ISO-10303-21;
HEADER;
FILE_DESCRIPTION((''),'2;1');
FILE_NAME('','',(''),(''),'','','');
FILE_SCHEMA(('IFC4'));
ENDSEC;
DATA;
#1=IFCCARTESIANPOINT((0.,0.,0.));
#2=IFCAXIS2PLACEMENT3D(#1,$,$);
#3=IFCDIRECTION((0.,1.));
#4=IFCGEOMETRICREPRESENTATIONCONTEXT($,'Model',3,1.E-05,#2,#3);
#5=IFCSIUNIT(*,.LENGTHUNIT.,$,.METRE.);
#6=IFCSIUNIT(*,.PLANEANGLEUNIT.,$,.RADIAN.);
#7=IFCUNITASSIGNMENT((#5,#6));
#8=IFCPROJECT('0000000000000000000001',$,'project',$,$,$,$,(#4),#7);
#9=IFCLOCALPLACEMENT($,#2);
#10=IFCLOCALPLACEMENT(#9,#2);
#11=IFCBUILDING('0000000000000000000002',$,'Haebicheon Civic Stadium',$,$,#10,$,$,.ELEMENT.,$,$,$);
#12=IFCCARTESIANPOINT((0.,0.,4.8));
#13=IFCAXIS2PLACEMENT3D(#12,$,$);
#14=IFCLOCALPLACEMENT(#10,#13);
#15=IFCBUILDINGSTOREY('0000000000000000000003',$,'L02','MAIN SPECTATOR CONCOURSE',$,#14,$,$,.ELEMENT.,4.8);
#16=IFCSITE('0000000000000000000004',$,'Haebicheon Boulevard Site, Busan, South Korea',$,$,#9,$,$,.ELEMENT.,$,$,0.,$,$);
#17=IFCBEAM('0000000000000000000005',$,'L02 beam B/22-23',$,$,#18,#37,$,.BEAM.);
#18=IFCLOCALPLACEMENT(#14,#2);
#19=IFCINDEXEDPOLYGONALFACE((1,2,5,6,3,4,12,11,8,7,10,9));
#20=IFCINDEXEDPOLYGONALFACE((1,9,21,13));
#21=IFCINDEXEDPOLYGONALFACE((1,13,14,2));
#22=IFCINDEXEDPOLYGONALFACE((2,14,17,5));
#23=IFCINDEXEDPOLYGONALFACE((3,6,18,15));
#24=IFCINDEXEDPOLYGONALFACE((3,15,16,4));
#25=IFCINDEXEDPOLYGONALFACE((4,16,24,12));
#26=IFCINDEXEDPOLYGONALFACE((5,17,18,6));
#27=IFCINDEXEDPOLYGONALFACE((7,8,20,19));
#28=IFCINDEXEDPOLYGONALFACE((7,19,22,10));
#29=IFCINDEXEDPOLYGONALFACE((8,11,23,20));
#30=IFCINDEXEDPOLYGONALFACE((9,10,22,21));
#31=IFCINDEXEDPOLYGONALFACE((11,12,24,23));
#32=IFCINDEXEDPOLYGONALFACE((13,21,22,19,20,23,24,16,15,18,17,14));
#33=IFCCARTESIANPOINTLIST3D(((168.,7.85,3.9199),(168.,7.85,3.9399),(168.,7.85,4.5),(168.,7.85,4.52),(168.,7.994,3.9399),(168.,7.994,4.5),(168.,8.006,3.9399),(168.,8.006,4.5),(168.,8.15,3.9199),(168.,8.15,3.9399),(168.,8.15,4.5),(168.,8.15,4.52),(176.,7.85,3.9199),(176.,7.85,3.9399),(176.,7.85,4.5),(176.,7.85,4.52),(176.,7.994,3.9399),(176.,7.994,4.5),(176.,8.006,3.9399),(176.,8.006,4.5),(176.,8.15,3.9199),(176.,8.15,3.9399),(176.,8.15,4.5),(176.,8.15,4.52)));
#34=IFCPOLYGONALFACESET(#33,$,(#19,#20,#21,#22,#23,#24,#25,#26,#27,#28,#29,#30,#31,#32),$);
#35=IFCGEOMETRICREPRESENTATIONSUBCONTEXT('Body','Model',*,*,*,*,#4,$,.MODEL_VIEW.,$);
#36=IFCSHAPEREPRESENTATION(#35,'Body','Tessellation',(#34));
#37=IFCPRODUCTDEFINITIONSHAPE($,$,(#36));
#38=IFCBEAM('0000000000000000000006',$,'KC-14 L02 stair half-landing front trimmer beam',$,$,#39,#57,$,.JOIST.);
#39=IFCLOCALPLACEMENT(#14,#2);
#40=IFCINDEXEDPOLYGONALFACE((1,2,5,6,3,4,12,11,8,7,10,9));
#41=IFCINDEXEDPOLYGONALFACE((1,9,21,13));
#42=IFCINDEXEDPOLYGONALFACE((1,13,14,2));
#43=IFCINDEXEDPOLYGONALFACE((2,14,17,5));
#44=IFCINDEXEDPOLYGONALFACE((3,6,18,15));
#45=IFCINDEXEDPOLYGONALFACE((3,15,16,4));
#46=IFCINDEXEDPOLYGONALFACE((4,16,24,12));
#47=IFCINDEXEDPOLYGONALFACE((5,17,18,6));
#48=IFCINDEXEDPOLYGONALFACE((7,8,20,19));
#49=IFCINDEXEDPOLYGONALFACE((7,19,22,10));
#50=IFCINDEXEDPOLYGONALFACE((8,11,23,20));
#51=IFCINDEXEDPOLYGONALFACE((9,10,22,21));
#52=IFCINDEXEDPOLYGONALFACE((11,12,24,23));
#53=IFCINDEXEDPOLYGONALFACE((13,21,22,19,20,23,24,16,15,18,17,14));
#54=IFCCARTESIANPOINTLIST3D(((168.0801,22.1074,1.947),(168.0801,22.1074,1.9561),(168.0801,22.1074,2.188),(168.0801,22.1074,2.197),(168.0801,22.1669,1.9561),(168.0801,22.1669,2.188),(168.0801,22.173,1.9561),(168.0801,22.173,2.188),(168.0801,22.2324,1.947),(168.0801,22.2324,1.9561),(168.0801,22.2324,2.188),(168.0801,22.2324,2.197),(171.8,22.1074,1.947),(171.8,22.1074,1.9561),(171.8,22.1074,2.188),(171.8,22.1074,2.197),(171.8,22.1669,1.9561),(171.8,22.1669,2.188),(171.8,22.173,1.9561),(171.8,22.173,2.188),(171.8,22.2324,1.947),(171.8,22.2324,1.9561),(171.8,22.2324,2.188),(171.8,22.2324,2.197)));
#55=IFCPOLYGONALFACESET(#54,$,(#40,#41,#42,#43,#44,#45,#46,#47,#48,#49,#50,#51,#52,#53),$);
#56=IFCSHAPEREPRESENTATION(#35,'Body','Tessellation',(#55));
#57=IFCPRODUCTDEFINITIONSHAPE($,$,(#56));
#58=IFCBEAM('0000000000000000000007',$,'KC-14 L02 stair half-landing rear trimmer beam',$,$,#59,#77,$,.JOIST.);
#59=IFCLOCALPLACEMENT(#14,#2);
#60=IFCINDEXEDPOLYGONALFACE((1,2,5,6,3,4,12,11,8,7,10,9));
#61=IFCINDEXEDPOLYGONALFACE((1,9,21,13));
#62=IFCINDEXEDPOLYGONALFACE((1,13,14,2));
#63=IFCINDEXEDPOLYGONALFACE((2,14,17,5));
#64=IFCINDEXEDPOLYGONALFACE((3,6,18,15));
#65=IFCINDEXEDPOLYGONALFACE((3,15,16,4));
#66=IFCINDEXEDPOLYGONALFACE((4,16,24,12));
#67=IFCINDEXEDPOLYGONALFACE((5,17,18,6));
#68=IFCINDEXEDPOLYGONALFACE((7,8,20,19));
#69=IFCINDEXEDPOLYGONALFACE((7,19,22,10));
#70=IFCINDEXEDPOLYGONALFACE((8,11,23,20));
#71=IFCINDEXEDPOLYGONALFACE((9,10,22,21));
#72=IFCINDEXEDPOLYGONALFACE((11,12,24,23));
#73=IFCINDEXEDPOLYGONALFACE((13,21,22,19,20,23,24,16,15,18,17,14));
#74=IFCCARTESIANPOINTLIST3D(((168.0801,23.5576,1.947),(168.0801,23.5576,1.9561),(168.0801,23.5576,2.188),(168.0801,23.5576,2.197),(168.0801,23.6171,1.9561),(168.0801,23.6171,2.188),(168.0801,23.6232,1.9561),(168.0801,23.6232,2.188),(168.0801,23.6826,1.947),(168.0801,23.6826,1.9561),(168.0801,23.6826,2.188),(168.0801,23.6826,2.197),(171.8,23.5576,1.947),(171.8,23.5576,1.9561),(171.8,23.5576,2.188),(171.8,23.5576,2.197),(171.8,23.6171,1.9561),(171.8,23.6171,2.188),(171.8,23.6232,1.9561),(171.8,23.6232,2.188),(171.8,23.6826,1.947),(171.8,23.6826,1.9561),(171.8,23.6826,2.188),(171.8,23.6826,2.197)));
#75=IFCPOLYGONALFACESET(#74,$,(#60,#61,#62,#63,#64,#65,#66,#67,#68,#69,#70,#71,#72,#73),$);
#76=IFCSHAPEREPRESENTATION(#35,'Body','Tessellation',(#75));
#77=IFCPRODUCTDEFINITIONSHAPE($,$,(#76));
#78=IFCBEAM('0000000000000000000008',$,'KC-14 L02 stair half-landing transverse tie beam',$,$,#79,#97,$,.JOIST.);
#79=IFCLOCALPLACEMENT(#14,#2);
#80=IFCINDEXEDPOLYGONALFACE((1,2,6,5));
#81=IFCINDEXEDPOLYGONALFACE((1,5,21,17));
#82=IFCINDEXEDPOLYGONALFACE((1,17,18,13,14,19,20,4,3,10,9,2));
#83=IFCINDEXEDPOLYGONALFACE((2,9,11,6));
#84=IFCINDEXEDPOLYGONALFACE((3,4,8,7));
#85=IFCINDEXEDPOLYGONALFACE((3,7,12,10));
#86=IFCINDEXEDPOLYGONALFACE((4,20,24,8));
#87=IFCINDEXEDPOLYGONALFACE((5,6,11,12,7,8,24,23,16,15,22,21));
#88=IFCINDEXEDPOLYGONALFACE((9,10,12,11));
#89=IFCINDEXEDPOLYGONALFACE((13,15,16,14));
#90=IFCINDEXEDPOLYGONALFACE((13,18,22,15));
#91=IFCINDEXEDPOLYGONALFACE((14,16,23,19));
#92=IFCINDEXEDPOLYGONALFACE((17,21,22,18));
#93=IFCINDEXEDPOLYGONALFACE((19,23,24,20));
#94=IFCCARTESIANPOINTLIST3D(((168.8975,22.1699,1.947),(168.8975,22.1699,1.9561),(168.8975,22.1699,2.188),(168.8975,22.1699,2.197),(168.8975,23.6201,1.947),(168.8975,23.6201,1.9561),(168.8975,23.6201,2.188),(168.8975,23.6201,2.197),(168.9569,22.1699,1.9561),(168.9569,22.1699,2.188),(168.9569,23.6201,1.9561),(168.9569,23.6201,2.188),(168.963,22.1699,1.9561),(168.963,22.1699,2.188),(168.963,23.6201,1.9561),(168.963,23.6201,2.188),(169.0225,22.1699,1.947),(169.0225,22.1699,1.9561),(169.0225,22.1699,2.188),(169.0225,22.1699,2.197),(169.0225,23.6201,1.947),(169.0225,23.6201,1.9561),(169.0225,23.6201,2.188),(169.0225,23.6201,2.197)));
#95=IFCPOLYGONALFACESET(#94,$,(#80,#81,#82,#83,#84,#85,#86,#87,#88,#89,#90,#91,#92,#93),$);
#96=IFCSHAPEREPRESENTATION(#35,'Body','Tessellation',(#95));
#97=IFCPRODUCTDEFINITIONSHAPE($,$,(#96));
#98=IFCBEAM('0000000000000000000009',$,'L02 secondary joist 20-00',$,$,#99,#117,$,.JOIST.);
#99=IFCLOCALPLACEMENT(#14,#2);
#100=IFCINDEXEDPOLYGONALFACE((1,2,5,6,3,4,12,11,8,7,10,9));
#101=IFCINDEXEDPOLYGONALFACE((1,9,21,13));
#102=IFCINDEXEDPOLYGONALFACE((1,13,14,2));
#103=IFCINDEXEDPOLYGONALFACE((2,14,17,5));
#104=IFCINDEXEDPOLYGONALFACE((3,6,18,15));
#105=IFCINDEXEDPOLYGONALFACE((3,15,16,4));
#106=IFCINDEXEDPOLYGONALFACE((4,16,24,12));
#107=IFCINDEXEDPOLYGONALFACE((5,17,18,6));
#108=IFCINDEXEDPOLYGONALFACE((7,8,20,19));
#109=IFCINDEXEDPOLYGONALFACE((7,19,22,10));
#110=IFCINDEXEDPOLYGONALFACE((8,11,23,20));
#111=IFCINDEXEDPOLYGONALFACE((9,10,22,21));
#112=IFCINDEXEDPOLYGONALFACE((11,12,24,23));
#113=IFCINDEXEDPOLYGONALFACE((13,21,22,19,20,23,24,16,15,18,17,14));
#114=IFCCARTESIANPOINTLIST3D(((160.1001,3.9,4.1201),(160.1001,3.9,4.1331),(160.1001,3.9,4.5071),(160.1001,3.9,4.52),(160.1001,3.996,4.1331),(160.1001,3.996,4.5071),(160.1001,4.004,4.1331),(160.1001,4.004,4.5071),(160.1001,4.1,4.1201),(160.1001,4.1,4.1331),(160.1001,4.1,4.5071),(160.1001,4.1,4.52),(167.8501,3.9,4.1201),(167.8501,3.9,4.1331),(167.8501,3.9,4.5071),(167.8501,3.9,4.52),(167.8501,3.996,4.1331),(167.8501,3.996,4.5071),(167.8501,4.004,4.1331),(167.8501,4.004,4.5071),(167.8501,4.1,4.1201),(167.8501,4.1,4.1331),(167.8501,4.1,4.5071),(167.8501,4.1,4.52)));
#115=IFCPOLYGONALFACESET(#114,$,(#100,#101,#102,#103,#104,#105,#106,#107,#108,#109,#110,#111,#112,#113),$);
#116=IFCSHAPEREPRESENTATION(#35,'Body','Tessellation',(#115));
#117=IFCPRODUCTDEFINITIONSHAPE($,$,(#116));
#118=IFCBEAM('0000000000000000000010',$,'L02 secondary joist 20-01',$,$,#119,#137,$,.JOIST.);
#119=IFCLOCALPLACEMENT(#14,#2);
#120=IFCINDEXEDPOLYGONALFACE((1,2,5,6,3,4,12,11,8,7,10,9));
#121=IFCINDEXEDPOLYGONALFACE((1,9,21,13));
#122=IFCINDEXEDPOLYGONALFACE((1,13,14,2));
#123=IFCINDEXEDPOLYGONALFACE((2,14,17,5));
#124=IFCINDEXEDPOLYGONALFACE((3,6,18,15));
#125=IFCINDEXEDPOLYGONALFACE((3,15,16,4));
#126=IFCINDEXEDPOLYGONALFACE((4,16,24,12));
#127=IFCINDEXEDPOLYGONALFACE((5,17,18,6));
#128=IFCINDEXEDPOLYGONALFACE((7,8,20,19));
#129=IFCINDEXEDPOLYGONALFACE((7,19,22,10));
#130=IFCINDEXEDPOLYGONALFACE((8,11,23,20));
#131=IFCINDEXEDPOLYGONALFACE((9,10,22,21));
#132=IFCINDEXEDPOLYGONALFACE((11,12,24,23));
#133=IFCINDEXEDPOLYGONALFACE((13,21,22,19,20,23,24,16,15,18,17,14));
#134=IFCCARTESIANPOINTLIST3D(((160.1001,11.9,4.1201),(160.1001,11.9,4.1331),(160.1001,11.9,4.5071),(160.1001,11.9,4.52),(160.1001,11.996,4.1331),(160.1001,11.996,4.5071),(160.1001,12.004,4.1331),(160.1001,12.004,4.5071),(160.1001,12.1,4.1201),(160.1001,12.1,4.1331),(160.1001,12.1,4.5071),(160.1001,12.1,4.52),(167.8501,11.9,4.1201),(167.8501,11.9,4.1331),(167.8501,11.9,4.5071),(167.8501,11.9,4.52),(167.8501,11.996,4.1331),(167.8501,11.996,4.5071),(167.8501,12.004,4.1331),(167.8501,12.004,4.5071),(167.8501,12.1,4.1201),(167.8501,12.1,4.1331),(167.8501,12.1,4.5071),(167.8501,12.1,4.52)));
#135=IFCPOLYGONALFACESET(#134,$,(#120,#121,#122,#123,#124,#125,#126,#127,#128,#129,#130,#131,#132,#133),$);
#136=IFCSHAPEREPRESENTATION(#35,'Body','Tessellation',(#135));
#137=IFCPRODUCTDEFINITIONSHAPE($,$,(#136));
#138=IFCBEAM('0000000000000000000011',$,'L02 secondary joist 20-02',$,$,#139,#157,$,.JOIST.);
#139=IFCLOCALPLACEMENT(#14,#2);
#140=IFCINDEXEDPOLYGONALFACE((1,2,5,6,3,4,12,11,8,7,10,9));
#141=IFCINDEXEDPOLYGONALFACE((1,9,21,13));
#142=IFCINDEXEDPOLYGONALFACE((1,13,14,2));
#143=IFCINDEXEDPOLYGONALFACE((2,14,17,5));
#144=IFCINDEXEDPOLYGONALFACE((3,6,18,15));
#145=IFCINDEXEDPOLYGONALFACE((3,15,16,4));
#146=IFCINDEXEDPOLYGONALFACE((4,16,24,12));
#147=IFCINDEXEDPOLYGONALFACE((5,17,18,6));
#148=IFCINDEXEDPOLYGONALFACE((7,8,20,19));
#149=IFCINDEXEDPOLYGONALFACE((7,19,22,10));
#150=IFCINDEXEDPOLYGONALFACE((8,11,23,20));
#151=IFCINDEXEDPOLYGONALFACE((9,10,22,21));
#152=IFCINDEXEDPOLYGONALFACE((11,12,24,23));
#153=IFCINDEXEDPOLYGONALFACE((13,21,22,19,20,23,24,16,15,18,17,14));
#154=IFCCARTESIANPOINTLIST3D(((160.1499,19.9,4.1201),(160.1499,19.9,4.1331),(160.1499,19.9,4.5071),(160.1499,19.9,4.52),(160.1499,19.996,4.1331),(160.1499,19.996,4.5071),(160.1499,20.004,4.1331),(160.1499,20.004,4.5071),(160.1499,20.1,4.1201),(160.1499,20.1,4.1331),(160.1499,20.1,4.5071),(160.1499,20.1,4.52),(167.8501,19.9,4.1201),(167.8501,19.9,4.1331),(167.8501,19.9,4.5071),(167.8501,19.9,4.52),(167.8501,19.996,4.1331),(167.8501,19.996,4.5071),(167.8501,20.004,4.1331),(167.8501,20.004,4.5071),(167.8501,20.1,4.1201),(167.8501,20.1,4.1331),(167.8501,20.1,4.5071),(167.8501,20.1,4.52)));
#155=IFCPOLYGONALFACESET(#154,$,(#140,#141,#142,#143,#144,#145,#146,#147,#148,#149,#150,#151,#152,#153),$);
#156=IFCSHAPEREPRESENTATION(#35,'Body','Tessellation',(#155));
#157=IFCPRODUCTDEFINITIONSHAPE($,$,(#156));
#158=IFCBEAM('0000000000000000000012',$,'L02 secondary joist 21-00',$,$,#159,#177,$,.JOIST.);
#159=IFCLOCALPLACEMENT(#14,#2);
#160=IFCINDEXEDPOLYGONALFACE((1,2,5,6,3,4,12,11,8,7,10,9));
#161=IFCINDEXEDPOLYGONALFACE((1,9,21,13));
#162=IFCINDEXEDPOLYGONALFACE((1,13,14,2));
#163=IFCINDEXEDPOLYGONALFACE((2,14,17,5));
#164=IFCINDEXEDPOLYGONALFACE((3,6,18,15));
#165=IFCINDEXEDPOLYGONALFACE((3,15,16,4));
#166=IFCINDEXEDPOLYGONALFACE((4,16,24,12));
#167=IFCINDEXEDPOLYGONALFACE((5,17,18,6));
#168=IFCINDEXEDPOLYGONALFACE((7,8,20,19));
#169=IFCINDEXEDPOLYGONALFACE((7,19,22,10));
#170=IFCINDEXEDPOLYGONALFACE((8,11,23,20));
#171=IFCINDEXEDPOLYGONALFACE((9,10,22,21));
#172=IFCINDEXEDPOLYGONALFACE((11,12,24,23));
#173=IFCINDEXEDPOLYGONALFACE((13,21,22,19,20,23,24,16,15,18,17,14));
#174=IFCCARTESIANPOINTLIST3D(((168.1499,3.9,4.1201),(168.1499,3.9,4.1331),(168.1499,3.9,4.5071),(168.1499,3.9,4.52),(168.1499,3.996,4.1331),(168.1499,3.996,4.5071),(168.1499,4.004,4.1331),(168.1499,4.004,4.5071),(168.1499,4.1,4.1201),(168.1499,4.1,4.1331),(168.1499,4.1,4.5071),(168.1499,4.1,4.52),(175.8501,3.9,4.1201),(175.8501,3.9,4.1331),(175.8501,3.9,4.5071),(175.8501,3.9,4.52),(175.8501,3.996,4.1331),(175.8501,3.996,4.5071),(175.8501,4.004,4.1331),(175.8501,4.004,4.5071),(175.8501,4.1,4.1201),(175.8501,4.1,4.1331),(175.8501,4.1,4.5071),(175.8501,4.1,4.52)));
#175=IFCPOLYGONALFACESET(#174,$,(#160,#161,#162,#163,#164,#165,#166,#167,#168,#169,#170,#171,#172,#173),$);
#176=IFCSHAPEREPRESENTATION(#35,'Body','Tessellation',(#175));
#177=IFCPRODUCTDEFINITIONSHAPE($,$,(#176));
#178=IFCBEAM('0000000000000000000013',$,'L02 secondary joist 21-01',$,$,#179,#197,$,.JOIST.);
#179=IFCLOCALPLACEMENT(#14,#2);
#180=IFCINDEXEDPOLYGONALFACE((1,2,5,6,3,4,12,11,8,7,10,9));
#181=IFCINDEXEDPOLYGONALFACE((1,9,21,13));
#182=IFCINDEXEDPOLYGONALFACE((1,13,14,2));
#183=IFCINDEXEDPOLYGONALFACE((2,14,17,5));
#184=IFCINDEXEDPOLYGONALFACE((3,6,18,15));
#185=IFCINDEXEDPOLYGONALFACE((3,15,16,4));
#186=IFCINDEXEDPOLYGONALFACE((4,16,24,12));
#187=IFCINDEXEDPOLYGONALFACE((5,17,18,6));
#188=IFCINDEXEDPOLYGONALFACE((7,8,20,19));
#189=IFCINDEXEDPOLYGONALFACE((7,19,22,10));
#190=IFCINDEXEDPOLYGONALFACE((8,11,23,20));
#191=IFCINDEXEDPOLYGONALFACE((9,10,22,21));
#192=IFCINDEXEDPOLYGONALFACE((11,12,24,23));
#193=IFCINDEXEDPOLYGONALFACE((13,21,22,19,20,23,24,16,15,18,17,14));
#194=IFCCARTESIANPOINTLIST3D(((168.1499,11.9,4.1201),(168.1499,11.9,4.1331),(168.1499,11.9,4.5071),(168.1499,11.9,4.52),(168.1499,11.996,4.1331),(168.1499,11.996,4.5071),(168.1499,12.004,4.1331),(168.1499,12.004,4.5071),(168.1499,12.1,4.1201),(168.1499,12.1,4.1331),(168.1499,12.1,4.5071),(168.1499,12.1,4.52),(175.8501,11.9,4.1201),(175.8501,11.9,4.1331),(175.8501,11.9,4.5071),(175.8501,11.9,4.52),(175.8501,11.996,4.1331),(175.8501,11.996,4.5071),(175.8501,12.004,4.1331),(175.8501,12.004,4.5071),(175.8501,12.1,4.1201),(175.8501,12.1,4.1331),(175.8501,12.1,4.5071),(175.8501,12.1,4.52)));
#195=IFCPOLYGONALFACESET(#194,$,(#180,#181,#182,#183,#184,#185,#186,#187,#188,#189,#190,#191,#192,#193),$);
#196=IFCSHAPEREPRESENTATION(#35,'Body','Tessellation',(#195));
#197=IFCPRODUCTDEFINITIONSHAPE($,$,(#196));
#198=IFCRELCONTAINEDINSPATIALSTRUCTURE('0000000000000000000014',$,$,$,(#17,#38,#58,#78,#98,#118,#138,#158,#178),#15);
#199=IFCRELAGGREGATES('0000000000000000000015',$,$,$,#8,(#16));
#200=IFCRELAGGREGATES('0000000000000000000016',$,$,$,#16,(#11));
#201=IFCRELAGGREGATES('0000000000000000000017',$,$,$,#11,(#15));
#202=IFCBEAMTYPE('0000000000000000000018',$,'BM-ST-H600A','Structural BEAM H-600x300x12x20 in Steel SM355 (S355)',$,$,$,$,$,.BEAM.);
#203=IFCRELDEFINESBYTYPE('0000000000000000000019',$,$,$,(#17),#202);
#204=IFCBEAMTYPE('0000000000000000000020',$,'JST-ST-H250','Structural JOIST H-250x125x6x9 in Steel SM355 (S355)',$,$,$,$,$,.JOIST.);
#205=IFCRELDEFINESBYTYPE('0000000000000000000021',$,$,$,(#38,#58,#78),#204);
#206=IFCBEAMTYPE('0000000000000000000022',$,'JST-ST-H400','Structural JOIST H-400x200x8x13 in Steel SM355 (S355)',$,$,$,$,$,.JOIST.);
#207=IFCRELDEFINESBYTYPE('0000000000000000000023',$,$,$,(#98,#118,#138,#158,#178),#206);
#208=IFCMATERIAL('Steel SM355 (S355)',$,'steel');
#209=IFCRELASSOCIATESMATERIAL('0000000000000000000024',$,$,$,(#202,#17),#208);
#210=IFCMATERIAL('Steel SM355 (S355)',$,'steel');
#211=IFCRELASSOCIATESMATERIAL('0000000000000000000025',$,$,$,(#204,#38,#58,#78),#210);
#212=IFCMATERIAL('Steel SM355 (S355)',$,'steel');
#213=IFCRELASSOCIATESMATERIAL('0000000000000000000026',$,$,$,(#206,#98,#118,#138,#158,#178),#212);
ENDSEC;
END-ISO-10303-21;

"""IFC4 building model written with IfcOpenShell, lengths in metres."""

from ifc_helpers import new_model, si_unit, direction, frame, origin, origin_2d, place, context, subcontext, project, spatial, i_section, extrude, material, material_profile, profile_set, type_object, element, save


model = new_model("IFC4")

# Units and contexts
model_context = context("Model", 3, precision=1e-05, world=origin(), true_north=direction((0.0, 1.0)))
body_context = subcontext(model_context, "Body", "Model", "MODEL_VIEW")
ifc_project = project(units=[si_unit("LENGTHUNIT", "METRE"), si_unit("PLANEANGLEUNIT", "RADIAN")], contexts=[model_context])

# Site, building, storey
site_placement = place(None, origin())
site = spatial("IfcSite", under=ifc_project, at=site_placement, Name="Haebicheon Boulevard Site, Busan, South Korea", CompositionType="ELEMENT", RefElevation=0.0)
building_placement = place(site_placement, origin())
building = spatial("IfcBuilding", under=site, at=building_placement, Name="Haebicheon Civic Stadium", CompositionType="ELEMENT")
storey_placement = place(building_placement, frame((0.0, 0.0, 4.8)))
storey = spatial("IfcBuildingStorey", under=building, at=storey_placement, Name="L02", Description="MAIN SPECTATOR CONCOURSE", CompositionType="ELEMENT", Elevation=4.8)

# Beams
ifc_material_1 = material(Name="Steel SM355 (S355)", Category="steel")
ifc_material_profile_1 = material_profile(ifc_material_1, i_section(OverallWidth=0.3, OverallDepth=0.6001, WebThickness=0.012, FlangeThickness=0.02, at=origin_2d()), Name="H-600x300x12x20")
ifc_profile_set_1 = profile_set([ifc_material_profile_1], Name="Steel SM355 (S355)")
beam_type_1 = type_object("IfcBeamType", Name="BM-ST-H600A", Description="Structural BEAM H-600x300x12x20 in Steel SM355 (S355)", PredefinedType="BEAM", material=ifc_profile_set_1)
for number, where, z_axis, x_axis, name in (
    (1, (168.0, 8.0, 4.22), (1.0, 0.0, 0.0), (0.0, 1.0, 0.0), "L02 beam B/22-23"),
):
    element("IfcBeam", number, at=place(storey_placement, frame(where, z_axis=z_axis, x_axis=x_axis)), inside=storey, type_object=beam_type_1, material=ifc_profile_set_1, Name=name, PredefinedType="BEAM", context=body_context, shape_type="SweptSolid", body=[
        extrude(i_section(OverallWidth=0.3, OverallDepth=0.6001, WebThickness=0.012, FlangeThickness=0.02, at=origin_2d()), origin(), (0.0, 0.0, 1.0), 8.0),
    ])
ifc_material_2 = material(Name="Steel SM355 (S355)", Category="steel")
ifc_material_profile_2 = material_profile(ifc_material_2, i_section(OverallWidth=0.125, OverallDepth=0.25, WebThickness=0.0061, FlangeThickness=0.009, at=origin_2d()), Name="H-250x125x6x9")
ifc_profile_set_2 = profile_set([ifc_material_profile_2], Name="Steel SM355 (S355)")
beam_type_2 = type_object("IfcBeamType", Name="JST-ST-H250", Description="Structural JOIST H-250x125x6x9 in Steel SM355 (S355)", PredefinedType="JOIST", material=ifc_profile_set_2)
for number, where, z_axis, x_axis, name in (
    (2, (168.0801, 22.1699, 2.072), (1.0, 0.0, 0.0), (0.0, 1.0, 0.0), "KC-14 L02 stair half-landing front trimmer beam"),
    (3, (168.0801, 23.6201, 2.072), (1.0, 0.0, 0.0), (0.0, 1.0, 0.0), "KC-14 L02 stair half-landing rear trimmer beam"),
):
    element("IfcBeam", number, at=place(storey_placement, frame(where, z_axis=z_axis, x_axis=x_axis)), inside=storey, type_object=beam_type_2, material=ifc_profile_set_2, Name=name, PredefinedType="JOIST", context=body_context, shape_type="SweptSolid", body=[
        extrude(i_section(OverallWidth=0.125, OverallDepth=0.25, WebThickness=0.0061, FlangeThickness=0.009, at=origin_2d()), origin(), (0.0, 0.0, 1.0), 3.72),
    ])
beam_1_placement = place(storey_placement, frame((168.96, 22.1699, 2.072), z_axis=(0.0, 1.0, 0.0), x_axis=(-1.0, 0.0, 0.0)))
element("IfcBeam", 4, at=beam_1_placement, inside=storey, type_object=beam_type_2, material=ifc_profile_set_2, Name="KC-14 L02 stair half-landing transverse tie beam", PredefinedType="JOIST", context=body_context, shape_type="SweptSolid", body=[
    extrude(i_section(OverallWidth=0.125, OverallDepth=0.25, WebThickness=0.0061, FlangeThickness=0.009, at=origin_2d()), origin(), (0.0, 0.0, 1.0), 1.4502),
])
ifc_material_3 = material(Name="Steel SM355 (S355)", Category="steel")
ifc_material_profile_3 = material_profile(ifc_material_3, i_section(OverallWidth=0.2, OverallDepth=0.3999, WebThickness=0.0081, FlangeThickness=0.0129, at=origin_2d()), Name="H-400x200x8x13")
ifc_profile_set_3 = profile_set([ifc_material_profile_3], Name="Steel SM355 (S355)")
beam_type_3 = type_object("IfcBeamType", Name="JST-ST-H400", Description="Structural JOIST H-400x200x8x13 in Steel SM355 (S355)", PredefinedType="JOIST", material=ifc_profile_set_3)
for number, where, z_axis, x_axis, name in (
    (5, (160.1001, 4.0, 4.3201), (1.0, 0.0, 0.0), (0.0, 1.0, 0.0), "L02 secondary joist 20-00"),
    (6, (160.1001, 12.0, 4.3201), (1.0, 0.0, 0.0), (0.0, 1.0, 0.0), "L02 secondary joist 20-01"),
):
    element("IfcBeam", number, at=place(storey_placement, frame(where, z_axis=z_axis, x_axis=x_axis)), inside=storey, type_object=beam_type_3, material=ifc_profile_set_3, Name=name, PredefinedType="JOIST", context=body_context, shape_type="SweptSolid", body=[
        extrude(i_section(OverallWidth=0.2, OverallDepth=0.3999, WebThickness=0.0081, FlangeThickness=0.0129, at=origin_2d()), origin(), (0.0, 0.0, 1.0), 7.75),
    ])
for number, where, z_axis, x_axis, name in (
    (7, (160.1499, 20.0, 4.3201), (1.0, 0.0, 0.0), (0.0, 1.0, 0.0), "L02 secondary joist 20-02"),
    (8, (168.1499, 4.0, 4.3201), (1.0, 0.0, 0.0), (0.0, 1.0, 0.0), "L02 secondary joist 21-00"),
    (9, (168.1499, 12.0, 4.3201), (1.0, 0.0, 0.0), (0.0, 1.0, 0.0), "L02 secondary joist 21-01"),
):
    element("IfcBeam", number, at=place(storey_placement, frame(where, z_axis=z_axis, x_axis=x_axis)), inside=storey, type_object=beam_type_3, material=ifc_profile_set_3, Name=name, PredefinedType="JOIST", context=body_context, shape_type="SweptSolid", body=[
        extrude(i_section(OverallWidth=0.2, OverallDepth=0.3999, WebThickness=0.0081, FlangeThickness=0.0129, at=origin_2d()), origin(), (0.0, 0.0, 1.0), 7.7002),
    ])

save(model, "model.ifc")
